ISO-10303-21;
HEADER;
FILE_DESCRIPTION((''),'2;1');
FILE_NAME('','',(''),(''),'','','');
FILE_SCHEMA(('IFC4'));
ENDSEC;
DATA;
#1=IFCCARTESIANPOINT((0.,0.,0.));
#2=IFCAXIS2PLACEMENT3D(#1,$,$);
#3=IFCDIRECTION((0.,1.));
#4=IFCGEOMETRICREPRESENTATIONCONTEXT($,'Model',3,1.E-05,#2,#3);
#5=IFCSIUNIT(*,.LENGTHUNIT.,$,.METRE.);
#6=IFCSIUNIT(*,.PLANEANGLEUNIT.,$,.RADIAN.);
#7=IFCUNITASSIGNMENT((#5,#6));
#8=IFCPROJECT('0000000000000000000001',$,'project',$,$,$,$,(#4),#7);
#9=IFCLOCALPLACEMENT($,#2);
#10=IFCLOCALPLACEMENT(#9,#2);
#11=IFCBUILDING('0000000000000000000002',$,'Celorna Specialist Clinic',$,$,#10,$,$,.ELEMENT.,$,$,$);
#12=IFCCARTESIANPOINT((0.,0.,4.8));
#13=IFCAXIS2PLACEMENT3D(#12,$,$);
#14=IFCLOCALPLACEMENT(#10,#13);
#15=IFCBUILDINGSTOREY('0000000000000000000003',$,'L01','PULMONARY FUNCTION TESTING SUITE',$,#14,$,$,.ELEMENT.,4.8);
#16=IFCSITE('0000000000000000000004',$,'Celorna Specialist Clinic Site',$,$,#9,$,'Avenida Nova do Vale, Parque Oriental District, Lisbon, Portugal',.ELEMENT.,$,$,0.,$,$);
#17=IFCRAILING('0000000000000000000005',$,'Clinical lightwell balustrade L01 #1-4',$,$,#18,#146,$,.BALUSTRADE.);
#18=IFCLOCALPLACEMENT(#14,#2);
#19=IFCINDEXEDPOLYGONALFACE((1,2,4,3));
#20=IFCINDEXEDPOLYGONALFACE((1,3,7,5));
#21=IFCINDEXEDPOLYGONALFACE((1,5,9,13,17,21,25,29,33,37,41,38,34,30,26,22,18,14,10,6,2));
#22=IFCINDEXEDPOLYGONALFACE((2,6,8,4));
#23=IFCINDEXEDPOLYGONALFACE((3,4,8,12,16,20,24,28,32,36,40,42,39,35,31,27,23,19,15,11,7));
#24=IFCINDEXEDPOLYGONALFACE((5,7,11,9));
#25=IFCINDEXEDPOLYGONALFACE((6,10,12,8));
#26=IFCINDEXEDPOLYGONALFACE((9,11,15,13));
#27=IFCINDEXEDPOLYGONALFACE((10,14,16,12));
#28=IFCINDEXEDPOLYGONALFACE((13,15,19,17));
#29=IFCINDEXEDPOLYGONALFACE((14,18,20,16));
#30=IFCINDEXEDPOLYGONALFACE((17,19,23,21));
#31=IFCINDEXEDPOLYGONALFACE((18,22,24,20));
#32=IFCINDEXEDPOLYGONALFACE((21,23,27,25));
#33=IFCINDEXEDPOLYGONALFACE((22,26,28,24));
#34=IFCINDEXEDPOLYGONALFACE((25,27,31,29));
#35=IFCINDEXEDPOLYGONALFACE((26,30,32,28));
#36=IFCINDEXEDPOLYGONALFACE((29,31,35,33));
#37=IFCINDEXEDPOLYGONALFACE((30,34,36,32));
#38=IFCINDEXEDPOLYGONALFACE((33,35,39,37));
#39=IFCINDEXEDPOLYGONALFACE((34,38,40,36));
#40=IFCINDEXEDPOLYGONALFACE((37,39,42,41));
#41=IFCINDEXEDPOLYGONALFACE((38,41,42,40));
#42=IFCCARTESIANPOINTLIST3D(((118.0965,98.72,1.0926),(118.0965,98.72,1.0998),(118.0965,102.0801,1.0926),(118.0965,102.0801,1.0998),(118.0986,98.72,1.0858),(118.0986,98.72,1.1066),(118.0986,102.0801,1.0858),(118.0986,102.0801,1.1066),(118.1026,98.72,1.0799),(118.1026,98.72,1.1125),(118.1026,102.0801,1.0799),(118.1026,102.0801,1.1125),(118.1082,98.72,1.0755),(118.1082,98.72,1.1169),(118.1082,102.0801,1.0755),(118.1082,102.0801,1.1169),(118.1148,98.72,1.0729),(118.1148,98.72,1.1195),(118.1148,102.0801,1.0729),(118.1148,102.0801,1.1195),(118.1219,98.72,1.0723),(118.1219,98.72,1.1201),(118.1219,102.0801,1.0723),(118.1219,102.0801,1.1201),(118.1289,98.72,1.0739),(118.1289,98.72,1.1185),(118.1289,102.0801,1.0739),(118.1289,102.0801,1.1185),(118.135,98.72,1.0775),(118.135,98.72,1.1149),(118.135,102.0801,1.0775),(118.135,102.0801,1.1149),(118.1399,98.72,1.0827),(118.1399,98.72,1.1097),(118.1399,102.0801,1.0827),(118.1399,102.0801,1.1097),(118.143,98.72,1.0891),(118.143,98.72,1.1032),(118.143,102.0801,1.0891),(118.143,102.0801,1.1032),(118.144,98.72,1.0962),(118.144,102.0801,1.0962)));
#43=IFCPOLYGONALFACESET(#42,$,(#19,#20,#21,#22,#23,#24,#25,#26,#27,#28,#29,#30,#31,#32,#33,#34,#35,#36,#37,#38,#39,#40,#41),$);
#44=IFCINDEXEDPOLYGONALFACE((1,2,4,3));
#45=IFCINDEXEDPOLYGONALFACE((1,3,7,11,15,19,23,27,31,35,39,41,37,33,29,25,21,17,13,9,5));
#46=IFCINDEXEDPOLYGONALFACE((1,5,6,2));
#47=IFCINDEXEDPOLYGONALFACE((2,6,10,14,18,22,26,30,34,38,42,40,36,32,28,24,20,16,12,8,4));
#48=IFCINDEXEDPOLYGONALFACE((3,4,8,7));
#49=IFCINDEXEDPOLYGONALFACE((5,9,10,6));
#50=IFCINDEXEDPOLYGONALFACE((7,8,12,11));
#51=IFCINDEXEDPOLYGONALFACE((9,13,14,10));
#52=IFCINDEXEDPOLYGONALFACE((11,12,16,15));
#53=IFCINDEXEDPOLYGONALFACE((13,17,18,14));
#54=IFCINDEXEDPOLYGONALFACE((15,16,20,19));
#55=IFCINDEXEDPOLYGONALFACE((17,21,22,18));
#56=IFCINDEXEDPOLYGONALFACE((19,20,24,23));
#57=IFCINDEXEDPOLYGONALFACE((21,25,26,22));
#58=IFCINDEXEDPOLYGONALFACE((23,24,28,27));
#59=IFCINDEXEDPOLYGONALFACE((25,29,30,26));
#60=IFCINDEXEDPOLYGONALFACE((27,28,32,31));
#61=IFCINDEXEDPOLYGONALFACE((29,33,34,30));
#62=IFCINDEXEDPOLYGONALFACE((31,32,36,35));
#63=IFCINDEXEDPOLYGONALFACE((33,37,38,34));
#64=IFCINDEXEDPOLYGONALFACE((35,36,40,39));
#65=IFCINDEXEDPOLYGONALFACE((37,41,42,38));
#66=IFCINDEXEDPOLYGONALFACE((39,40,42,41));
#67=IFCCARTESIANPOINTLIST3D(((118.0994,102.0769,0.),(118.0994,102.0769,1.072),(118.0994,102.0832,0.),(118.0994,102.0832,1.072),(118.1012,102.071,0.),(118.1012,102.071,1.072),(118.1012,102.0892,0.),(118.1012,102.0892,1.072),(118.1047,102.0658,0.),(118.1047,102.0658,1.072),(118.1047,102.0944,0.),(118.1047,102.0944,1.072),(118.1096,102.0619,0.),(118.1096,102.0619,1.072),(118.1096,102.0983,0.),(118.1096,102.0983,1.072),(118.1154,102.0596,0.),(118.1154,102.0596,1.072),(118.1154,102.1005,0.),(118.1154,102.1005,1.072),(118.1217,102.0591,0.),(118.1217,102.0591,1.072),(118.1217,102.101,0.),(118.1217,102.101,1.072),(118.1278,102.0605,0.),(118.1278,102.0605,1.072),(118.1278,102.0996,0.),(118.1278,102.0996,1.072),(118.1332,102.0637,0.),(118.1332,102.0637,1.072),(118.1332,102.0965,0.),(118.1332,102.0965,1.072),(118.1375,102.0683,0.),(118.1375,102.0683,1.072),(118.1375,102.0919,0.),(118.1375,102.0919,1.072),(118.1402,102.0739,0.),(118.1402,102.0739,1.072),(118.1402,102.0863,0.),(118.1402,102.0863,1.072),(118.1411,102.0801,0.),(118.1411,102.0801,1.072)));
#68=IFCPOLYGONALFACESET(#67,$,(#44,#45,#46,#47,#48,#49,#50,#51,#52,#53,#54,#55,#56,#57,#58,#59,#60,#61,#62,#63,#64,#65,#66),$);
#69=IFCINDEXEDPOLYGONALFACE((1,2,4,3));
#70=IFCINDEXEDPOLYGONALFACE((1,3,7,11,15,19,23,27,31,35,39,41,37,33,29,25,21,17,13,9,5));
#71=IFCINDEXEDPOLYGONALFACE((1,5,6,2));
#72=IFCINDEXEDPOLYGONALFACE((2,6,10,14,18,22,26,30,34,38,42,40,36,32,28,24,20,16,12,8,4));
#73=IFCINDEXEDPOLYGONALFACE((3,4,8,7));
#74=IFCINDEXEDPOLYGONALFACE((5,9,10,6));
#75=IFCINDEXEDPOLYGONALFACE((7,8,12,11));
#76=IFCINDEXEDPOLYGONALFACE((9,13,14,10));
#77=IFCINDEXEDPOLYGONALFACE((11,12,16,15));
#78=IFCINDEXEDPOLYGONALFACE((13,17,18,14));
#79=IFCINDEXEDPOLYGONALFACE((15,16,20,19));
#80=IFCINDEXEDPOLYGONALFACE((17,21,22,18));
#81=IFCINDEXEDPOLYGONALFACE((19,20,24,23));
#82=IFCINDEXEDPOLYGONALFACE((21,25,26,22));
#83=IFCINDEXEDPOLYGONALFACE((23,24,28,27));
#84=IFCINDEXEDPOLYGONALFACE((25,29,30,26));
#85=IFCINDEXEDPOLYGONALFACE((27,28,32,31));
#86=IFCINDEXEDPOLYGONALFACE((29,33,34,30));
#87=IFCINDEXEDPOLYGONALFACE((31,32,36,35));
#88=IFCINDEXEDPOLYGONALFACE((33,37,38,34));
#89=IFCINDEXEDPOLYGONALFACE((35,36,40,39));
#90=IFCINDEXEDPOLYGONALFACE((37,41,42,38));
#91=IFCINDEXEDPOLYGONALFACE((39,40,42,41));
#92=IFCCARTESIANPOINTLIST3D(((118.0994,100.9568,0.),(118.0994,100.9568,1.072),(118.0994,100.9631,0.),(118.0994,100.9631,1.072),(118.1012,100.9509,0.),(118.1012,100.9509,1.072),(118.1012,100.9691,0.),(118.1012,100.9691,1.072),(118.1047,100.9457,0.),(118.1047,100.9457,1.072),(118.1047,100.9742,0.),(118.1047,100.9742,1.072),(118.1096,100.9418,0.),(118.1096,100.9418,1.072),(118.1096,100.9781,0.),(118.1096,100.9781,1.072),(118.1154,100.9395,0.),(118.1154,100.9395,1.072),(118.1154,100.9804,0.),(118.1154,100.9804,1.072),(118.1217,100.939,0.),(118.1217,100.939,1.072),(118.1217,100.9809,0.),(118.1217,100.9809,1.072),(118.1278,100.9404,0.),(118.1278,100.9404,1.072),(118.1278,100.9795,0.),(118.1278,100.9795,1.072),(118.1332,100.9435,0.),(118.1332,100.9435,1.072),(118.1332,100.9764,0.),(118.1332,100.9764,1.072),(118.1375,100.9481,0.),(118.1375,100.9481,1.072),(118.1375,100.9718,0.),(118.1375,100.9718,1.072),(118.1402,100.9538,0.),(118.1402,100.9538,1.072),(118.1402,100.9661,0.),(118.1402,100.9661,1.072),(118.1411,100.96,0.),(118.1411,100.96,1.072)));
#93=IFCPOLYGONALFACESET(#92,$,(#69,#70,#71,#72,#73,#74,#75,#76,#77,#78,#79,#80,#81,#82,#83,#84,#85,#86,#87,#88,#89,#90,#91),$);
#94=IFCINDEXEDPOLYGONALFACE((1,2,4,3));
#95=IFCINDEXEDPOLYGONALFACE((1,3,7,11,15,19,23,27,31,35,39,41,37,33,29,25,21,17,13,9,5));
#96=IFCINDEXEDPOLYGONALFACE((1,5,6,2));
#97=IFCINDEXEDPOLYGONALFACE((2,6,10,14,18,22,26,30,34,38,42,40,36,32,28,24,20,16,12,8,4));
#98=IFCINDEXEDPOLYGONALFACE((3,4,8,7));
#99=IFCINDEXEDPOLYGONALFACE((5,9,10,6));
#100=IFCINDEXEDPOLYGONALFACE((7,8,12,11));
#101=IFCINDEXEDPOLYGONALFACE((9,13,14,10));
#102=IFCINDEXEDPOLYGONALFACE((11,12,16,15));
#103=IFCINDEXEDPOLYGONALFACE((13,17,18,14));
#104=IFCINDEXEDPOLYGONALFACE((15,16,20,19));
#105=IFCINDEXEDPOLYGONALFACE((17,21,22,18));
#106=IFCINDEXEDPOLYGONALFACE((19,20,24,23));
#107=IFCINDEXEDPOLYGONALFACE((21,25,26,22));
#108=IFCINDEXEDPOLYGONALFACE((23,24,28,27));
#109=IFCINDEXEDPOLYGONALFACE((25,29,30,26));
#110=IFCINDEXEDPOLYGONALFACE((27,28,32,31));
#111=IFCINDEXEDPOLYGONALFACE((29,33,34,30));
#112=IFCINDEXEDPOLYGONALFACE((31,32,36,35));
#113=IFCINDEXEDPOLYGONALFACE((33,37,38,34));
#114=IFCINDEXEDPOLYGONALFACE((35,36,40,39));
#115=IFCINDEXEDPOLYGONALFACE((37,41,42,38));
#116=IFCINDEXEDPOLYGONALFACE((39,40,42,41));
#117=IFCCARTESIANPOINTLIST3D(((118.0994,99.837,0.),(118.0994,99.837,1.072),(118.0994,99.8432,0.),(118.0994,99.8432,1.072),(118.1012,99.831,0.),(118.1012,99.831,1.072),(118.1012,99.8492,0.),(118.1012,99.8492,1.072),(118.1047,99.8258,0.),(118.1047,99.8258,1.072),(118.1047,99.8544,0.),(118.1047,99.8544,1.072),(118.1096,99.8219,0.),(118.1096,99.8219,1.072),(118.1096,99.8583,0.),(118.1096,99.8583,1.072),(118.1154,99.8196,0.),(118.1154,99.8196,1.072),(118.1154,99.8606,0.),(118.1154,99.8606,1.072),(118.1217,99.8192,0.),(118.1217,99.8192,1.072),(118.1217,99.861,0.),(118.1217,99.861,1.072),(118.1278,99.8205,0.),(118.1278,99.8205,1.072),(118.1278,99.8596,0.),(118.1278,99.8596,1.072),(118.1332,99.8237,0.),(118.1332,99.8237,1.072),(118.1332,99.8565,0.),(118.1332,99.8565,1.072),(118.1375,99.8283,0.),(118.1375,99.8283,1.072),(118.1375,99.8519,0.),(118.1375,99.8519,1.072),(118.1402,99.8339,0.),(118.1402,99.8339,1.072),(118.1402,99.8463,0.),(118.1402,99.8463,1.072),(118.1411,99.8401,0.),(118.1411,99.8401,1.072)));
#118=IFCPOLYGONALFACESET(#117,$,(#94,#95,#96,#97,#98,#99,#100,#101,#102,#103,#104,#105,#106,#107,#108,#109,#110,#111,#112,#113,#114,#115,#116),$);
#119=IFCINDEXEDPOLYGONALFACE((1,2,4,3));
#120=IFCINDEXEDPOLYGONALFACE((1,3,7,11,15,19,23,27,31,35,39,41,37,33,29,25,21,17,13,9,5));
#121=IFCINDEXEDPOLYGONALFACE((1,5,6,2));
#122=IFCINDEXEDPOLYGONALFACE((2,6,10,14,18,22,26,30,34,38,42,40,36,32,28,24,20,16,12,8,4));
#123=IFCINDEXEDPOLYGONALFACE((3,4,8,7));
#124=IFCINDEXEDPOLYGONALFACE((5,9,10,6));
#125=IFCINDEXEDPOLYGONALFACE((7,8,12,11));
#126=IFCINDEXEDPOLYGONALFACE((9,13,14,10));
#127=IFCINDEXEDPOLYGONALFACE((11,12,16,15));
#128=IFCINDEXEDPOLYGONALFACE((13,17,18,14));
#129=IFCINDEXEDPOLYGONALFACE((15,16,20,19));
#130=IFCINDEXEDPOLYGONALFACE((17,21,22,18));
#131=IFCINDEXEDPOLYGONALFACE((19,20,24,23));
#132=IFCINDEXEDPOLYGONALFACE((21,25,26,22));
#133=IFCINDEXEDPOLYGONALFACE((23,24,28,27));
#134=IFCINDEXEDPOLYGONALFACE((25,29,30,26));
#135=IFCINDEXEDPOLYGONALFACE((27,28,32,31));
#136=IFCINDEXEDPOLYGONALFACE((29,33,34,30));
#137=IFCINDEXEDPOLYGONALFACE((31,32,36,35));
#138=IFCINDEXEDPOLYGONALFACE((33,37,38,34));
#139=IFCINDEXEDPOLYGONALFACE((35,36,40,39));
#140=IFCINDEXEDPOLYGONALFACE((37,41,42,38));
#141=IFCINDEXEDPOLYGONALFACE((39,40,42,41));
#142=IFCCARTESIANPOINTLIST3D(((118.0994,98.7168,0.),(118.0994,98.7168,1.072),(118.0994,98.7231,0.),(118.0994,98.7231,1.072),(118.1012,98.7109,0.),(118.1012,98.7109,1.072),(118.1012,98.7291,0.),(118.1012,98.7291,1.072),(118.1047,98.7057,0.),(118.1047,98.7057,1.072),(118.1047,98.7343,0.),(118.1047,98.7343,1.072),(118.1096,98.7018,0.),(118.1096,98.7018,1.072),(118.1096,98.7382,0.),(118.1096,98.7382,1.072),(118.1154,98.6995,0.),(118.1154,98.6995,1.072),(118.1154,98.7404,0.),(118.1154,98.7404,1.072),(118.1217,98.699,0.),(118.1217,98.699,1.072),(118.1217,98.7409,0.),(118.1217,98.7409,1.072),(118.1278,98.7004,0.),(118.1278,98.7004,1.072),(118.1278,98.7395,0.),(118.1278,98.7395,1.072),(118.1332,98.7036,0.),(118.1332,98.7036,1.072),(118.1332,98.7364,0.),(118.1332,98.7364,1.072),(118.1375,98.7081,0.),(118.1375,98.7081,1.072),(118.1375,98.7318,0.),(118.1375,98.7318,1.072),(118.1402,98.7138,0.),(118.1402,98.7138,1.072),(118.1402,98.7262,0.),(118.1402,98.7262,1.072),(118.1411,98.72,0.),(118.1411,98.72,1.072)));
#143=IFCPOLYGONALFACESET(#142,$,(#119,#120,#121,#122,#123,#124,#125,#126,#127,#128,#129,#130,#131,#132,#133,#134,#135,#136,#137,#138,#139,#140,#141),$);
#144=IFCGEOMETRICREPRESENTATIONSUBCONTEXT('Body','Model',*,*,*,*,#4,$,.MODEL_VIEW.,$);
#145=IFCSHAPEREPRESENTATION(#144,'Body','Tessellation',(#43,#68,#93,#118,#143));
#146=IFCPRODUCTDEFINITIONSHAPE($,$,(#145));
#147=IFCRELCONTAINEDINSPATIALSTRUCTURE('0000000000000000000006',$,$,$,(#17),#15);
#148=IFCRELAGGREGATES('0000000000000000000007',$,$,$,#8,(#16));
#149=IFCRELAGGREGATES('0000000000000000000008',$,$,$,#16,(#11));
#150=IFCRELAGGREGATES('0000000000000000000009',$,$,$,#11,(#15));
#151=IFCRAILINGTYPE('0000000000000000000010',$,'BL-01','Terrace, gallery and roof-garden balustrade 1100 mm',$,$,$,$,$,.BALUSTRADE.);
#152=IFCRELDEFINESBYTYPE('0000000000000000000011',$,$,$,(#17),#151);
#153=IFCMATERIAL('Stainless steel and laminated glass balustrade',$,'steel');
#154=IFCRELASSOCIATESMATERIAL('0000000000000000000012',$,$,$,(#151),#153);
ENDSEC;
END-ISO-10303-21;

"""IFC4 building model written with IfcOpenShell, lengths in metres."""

from ifc_helpers import new_model, si_unit, direction, frame, origin, origin_2d, place, context, subcontext, project, spatial, circle, extrude, material, type_object, element, save


model = new_model("IFC4")

# Units and contexts
model_context = context("Model", 3, precision=1e-05, world=origin(), true_north=direction((0.0, 1.0)))
body_context = subcontext(model_context, "Body", "Model", "MODEL_VIEW")
ifc_project = project(units=[si_unit("LENGTHUNIT", "METRE"), si_unit("PLANEANGLEUNIT", "RADIAN")], contexts=[model_context])

# Site, building, storey
site_placement = place(None, origin())
site = spatial("IfcSite", under=ifc_project, at=site_placement, Name="Celorna Specialist Clinic Site", LongName="Avenida Nova do Vale, Parque Oriental District, Lisbon, Portugal", CompositionType="ELEMENT", RefElevation=0.0)
building_placement = place(site_placement, origin())
building = spatial("IfcBuilding", under=site, at=building_placement, Name="Celorna Specialist Clinic", CompositionType="ELEMENT")
storey_placement = place(building_placement, frame((0.0, 0.0, 4.8)))
storey = spatial("IfcBuildingStorey", under=building, at=storey_placement, Name="L01", Description="PULMONARY FUNCTION TESTING SUITE", CompositionType="ELEMENT", Elevation=4.8)

# Railing
ifc_material_1 = material(Name="Stainless steel and laminated glass balustrade", Category="steel")
railing_type = type_object("IfcRailingType", Name="BL-01", Description="Terrace, gallery and roof-garden balustrade 1100 mm", PredefinedType="BALUSTRADE", material=ifc_material_1)
railing_1_placement = place(storey_placement, frame((118.1201, 102.0801, 0.0)))
element("IfcRailing", 1, at=railing_1_placement, inside=storey, type_object=railing_type, Name="Clinical lightwell balustrade L01 #1-4", PredefinedType="BALUSTRADE", context=body_context, shape_type="SweptSolid", body=[
    extrude(circle(Radius=0.0239, at=origin_2d()), frame((0.0, 0.0, 1.0962), z_axis=(0.0, -1.0, 0.0), x_axis=(1.0, 0.0, 0.0)), (0.0, 0.0, 1.0), 3.3601),
    extrude(circle(Radius=0.021, at=origin_2d()), origin(), (0.0, 0.0, 1.0), 1.072),
    extrude(circle(Radius=0.021, at=origin_2d()), frame((0.0, -1.1201, 0.0)), (0.0, 0.0, 1.0), 1.072),
    extrude(circle(Radius=0.021, at=origin_2d()), frame((0.0, -2.24, 0.0)), (0.0, 0.0, 1.0), 1.072),
    extrude(circle(Radius=0.021, at=origin_2d()), frame((0.0, -3.3601, 0.0)), (0.0, 0.0, 1.0), 1.072),
])

save(model, "model.ifc")
